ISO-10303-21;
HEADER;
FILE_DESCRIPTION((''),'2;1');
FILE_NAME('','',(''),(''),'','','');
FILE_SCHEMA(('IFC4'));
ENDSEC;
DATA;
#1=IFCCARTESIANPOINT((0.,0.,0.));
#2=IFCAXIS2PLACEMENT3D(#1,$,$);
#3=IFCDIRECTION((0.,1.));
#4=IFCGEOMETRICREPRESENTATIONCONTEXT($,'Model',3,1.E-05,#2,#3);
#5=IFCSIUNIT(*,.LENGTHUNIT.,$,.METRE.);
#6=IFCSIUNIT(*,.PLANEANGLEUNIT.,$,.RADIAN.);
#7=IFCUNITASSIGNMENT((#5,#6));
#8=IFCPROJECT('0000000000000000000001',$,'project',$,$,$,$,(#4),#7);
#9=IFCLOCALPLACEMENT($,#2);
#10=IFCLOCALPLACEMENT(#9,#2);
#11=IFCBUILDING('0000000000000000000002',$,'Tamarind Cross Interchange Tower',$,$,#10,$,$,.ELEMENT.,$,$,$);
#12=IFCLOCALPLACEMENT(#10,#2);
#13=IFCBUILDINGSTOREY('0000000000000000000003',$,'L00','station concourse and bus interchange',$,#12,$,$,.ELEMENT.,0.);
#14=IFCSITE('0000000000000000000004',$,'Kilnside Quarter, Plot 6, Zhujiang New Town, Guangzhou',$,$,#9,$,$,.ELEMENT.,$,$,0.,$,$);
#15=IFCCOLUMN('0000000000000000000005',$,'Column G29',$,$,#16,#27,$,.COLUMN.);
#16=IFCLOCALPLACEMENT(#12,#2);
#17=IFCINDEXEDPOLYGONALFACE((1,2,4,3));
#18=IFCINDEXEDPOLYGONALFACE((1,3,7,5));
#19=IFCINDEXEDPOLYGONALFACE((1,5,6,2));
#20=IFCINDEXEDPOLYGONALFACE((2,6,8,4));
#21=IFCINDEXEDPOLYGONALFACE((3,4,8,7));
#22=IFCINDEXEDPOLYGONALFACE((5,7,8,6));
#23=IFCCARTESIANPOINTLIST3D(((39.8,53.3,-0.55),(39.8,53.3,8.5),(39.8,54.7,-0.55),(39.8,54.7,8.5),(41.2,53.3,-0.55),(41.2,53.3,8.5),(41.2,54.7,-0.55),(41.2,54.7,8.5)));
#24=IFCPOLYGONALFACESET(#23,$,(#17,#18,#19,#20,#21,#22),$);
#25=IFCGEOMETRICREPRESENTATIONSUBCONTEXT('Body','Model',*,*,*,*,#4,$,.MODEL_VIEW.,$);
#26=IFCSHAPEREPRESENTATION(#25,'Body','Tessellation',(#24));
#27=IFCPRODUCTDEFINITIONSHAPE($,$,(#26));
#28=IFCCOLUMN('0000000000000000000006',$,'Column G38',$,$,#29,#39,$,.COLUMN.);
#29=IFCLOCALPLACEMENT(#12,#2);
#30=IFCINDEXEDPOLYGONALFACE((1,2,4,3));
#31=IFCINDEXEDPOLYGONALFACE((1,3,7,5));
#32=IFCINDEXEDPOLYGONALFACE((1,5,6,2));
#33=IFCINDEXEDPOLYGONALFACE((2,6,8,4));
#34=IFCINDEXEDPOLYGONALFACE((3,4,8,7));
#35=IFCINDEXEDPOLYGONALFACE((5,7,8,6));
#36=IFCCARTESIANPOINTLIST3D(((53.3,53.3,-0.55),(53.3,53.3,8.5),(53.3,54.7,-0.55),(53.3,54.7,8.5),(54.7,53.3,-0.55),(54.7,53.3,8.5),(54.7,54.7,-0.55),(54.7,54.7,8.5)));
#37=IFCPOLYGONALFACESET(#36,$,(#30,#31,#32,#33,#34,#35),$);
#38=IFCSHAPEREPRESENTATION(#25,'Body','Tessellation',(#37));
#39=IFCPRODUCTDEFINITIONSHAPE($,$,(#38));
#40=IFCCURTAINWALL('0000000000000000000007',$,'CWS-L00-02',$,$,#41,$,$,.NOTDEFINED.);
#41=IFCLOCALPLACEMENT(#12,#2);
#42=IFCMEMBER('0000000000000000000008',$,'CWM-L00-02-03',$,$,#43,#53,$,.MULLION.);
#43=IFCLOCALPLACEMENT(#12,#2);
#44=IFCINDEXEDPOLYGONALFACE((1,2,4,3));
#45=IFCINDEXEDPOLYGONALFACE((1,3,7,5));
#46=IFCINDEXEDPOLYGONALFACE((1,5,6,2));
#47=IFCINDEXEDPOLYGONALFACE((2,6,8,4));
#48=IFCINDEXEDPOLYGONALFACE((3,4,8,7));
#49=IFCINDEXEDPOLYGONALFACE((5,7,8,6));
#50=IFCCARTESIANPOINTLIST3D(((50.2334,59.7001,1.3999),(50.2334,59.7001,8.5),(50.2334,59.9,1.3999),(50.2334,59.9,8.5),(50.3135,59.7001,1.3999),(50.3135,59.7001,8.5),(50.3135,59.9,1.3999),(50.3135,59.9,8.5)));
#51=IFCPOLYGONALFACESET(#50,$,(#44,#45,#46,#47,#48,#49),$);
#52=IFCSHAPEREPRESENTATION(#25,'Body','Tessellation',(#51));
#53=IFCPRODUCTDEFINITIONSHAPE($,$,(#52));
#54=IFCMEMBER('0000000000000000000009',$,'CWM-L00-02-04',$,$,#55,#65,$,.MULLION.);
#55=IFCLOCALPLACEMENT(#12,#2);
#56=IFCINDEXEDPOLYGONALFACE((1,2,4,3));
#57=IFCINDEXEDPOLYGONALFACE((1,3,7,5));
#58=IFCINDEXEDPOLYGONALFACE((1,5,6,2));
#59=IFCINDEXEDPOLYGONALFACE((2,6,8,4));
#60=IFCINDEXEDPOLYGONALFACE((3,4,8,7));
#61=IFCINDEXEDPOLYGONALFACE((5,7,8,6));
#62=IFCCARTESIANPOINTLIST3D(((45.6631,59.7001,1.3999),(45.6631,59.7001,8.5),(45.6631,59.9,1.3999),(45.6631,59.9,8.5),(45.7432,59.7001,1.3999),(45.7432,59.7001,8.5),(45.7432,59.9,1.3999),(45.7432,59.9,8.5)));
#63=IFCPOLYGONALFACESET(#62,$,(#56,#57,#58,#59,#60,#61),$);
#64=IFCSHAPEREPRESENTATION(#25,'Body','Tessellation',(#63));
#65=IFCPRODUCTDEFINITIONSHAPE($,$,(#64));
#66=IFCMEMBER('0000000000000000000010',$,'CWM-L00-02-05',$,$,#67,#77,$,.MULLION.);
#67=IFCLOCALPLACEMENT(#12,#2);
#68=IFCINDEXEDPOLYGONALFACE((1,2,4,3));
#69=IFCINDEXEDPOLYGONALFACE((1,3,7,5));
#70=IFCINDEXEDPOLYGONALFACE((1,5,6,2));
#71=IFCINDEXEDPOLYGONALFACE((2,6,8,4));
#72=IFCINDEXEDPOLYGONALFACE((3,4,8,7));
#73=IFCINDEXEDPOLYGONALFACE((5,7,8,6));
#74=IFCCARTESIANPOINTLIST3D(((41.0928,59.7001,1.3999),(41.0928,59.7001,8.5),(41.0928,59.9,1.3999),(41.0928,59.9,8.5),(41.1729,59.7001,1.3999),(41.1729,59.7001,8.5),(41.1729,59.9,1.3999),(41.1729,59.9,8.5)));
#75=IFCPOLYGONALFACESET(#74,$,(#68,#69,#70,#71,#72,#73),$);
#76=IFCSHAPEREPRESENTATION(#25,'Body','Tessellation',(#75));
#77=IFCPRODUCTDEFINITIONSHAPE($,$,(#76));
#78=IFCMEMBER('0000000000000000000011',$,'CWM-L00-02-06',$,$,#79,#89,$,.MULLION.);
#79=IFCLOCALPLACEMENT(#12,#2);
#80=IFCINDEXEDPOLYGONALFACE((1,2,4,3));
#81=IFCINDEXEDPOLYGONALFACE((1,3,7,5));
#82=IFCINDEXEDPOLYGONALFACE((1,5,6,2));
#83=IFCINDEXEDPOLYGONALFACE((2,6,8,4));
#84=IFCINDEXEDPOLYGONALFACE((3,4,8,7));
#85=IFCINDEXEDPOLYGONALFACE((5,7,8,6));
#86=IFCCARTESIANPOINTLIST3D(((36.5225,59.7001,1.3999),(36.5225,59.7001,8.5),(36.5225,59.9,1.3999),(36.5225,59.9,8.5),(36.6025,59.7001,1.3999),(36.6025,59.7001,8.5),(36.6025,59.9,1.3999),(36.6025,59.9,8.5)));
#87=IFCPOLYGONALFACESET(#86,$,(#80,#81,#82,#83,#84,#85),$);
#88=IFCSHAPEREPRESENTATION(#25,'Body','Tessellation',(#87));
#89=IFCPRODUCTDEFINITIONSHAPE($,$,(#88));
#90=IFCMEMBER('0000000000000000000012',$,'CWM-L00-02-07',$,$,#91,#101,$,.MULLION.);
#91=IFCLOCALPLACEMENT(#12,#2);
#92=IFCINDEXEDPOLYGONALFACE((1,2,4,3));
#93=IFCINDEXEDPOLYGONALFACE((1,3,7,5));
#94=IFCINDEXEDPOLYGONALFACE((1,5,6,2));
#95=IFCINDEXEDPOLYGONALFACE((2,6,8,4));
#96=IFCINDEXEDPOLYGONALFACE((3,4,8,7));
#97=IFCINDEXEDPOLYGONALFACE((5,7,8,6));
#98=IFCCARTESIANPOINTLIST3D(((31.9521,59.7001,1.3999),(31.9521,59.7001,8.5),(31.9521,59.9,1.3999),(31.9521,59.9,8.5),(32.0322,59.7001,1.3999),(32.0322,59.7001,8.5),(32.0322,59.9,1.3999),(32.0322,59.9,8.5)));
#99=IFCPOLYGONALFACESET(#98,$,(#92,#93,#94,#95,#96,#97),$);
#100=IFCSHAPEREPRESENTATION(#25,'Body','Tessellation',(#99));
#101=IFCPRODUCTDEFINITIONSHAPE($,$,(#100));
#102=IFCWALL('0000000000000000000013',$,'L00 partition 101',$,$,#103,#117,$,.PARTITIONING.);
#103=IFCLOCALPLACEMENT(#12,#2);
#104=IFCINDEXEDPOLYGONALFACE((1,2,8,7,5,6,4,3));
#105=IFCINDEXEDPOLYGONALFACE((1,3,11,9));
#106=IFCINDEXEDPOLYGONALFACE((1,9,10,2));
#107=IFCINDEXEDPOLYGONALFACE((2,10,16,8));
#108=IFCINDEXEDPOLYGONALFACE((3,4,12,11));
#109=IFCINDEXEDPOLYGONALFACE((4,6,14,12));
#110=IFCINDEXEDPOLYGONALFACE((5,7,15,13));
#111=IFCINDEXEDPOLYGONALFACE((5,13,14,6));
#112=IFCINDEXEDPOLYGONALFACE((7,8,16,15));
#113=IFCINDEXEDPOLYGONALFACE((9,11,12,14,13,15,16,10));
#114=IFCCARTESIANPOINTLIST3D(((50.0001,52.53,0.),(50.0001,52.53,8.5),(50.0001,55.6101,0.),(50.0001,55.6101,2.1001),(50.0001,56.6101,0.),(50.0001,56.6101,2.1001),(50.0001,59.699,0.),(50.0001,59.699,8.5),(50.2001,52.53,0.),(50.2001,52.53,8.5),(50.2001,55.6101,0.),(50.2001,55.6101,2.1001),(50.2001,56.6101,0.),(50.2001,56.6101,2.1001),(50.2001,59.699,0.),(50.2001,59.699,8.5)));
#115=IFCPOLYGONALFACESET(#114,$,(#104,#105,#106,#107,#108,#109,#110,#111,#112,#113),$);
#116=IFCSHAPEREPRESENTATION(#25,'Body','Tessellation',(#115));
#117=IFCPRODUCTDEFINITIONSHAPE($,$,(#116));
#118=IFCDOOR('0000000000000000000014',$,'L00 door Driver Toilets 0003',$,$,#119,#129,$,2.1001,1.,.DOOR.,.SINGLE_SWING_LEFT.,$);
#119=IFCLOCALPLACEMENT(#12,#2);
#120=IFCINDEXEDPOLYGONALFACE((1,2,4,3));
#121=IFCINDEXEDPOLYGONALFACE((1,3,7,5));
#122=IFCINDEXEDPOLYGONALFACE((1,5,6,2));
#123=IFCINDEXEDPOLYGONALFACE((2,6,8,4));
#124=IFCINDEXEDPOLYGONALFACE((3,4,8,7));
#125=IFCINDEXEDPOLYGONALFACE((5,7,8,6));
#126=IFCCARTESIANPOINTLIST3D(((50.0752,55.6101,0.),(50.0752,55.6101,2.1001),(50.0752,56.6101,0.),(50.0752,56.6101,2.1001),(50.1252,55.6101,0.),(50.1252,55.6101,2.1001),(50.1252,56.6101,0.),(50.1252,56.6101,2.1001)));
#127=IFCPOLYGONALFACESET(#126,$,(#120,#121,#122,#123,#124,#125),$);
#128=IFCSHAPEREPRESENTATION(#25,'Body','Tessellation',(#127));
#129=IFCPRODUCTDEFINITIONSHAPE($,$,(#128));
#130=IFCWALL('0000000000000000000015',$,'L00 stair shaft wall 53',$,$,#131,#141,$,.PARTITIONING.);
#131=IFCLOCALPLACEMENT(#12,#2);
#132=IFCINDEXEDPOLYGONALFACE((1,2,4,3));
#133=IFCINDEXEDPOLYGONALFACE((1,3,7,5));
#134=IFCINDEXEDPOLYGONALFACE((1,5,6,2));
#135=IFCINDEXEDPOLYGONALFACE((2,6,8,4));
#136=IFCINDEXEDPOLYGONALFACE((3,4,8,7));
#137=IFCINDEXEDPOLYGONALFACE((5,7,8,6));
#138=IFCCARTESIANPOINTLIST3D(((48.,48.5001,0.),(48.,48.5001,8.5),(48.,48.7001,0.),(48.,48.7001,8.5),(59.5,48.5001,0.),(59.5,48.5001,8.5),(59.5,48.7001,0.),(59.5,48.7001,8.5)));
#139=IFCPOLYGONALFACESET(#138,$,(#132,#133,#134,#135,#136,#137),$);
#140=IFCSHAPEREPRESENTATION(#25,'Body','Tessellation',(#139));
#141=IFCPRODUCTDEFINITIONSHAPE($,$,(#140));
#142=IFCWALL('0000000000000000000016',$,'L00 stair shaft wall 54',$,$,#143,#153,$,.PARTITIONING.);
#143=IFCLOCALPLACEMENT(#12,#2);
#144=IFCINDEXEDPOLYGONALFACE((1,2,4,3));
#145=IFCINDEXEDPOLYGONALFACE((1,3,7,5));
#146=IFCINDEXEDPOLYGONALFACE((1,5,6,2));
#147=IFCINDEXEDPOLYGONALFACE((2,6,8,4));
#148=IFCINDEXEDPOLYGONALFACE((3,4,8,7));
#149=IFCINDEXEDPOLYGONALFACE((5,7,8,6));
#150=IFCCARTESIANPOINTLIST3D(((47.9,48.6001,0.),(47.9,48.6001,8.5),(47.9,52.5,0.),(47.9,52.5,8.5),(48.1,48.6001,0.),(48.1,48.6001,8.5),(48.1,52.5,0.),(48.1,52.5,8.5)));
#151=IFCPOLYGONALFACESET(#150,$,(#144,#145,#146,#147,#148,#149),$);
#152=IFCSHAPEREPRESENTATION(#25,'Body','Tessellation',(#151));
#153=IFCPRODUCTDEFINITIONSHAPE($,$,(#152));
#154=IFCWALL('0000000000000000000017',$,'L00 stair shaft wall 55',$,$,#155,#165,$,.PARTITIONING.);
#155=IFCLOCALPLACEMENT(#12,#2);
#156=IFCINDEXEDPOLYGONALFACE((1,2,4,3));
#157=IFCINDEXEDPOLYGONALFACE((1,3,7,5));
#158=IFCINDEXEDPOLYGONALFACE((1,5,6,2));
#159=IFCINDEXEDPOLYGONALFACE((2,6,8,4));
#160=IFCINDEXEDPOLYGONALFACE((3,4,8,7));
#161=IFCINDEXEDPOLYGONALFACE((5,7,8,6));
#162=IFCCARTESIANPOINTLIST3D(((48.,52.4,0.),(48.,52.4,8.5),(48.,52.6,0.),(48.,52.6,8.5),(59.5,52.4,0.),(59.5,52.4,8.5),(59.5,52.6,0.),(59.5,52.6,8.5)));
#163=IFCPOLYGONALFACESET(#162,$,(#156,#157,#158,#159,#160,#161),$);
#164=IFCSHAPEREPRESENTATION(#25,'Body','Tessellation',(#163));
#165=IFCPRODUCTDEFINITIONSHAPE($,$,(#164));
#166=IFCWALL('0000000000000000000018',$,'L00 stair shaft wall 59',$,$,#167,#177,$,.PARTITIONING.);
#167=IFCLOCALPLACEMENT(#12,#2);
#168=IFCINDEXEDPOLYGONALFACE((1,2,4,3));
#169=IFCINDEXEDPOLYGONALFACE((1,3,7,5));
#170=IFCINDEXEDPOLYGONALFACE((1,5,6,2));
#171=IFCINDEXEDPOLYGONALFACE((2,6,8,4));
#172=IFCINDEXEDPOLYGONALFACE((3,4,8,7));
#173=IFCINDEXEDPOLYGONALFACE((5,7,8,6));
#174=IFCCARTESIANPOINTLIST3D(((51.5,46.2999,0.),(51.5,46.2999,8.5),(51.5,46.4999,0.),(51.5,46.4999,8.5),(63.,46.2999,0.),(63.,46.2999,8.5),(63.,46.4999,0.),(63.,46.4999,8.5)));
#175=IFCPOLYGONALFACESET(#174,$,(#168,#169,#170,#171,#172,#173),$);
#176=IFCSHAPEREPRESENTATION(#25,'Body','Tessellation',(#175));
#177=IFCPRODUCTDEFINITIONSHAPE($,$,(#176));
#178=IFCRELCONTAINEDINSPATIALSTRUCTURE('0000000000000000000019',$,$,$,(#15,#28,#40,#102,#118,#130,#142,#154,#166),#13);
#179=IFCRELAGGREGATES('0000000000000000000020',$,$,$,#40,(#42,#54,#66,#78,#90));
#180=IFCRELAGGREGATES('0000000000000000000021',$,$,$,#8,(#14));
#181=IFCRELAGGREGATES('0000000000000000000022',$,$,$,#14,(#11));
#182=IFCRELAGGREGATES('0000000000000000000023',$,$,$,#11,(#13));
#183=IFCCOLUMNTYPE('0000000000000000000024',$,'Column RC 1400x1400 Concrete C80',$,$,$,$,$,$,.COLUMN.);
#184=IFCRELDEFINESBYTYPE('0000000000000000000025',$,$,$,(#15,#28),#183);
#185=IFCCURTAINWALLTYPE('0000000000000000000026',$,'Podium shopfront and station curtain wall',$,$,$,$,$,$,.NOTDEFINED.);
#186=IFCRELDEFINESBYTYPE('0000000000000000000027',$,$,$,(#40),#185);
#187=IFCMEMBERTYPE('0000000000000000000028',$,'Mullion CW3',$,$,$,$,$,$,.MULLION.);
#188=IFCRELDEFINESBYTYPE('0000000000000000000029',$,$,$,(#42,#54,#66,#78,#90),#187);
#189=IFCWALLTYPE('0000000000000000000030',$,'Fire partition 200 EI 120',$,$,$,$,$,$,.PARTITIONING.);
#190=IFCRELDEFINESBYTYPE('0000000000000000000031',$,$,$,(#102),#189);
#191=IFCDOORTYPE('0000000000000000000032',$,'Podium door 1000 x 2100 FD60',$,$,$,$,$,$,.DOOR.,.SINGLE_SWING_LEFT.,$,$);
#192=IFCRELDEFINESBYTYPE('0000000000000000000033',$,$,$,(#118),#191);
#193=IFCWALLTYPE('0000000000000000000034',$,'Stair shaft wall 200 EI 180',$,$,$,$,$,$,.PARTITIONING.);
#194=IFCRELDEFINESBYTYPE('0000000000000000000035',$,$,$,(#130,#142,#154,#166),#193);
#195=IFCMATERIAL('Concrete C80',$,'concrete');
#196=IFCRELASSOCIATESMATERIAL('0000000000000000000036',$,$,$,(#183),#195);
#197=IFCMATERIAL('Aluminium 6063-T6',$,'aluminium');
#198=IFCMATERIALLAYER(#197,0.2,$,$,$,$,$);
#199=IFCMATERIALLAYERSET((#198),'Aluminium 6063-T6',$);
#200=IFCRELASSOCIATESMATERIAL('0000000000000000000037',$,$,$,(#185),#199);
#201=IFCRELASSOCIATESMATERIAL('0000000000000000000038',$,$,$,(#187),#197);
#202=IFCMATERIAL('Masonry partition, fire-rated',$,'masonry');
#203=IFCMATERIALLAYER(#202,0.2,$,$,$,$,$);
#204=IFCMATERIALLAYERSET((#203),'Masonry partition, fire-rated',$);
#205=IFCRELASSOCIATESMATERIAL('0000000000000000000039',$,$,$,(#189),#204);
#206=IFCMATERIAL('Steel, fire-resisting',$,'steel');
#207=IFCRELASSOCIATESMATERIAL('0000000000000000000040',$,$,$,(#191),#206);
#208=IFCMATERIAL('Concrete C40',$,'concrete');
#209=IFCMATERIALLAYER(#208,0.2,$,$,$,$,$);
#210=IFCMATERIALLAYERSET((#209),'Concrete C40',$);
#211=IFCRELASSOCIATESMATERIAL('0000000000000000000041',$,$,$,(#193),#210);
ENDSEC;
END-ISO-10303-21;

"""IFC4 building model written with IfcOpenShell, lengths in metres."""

from ifc_helpers import new_model, si_unit, direction, frame, frame_2d, origin, origin_2d, place, context, subcontext, project, spatial, rectangle, extrude, material, layer, layer_set, material_profile, profile_set, type_object, element, fill, aggregate, save


model = new_model("IFC4")

# Units and contexts
model_context = context("Model", 3, precision=1e-05, world=origin(), true_north=direction((0.0, 1.0)))
body_context = subcontext(model_context, "Body", "Model", "MODEL_VIEW")
ifc_project = project(units=[si_unit("LENGTHUNIT", "METRE"), si_unit("PLANEANGLEUNIT", "RADIAN")], contexts=[model_context])

# Site, building, storey
site_placement = place(None, origin())
site = spatial("IfcSite", under=ifc_project, at=site_placement, Name="Kilnside Quarter, Plot 6, Zhujiang New Town, Guangzhou", CompositionType="ELEMENT", RefElevation=0.0)
building_placement = place(site_placement, origin())
building = spatial("IfcBuilding", under=site, at=building_placement, Name="Tamarind Cross Interchange Tower", CompositionType="ELEMENT")
storey_placement = place(building_placement, origin())
storey = spatial("IfcBuildingStorey", under=building, at=storey_placement, Name="L00", Description="station concourse and bus interchange", CompositionType="ELEMENT", Elevation=0.0)

# Columns
ifc_material_1 = material(Name="Concrete C80", Category="concrete")
ifc_material_profile_1 = material_profile(ifc_material_1, rectangle(XDim=1.3999, YDim=1.3999, at=origin_2d()), Name="RC 1400x1400")
ifc_profile_set_1 = profile_set([ifc_material_profile_1], Name="Concrete C80")
column_type = type_object("IfcColumnType", Name="Column RC 1400x1400 Concrete C80", PredefinedType="COLUMN", material=ifc_profile_set_1)
for number, where, z_axis, x_axis, name in (
    (1, (40.5, 54.0, -0.55), (0.0, 0.0, 1.0), (1.0, 0.0, 0.0), "Column G29"),
    (2, (54.0, 54.0, -0.55), (0.0, 0.0, 1.0), (1.0, 0.0, 0.0), "Column G38"),
):
    element("IfcColumn", number, at=place(storey_placement, frame(where, z_axis=z_axis, x_axis=x_axis)), inside=storey, type_object=column_type, Name=name, PredefinedType="COLUMN", context=body_context, shape_type="SweptSolid", body=[
        extrude(rectangle(XDim=1.3999, YDim=1.3999, at=origin_2d()), origin(), (0.0, 0.0, 1.0), 9.05),
    ])

# Curtain wall, members
ifc_material_2 = material(Name="Aluminium 6063-T6", Category="aluminium")
ifc_layer_1 = layer(ifc_material_2, 0.2)
ifc_layer_set_1 = layer_set([ifc_layer_1], Name="Aluminium 6063-T6")
curtain_wall_type = type_object("IfcCurtainWallType", Name="Podium shopfront and station curtain wall", PredefinedType="NOTDEFINED", material=ifc_layer_set_1)
curtain_wall_placement = place(storey_placement, origin())
curtain_wall = element("IfcCurtainWall", 3, at=curtain_wall_placement, inside=storey, type_object=curtain_wall_type, Name="CWS-L00-02", PredefinedType="NOTDEFINED")
ifc_material_profile_2 = material_profile(ifc_material_2, rectangle(XDim=0.0801, YDim=0.2, at=origin_2d()), Name="Mullion CW3")
ifc_profile_set_2 = profile_set([ifc_material_profile_2], Name="Aluminium 6063-T6")
member_type = type_object("IfcMemberType", Name="Mullion CW3", PredefinedType="MULLION", material=ifc_profile_set_2)
member_1_placement = place(storey_placement, frame((50.2734, 59.8, 1.3999), z_axis=(0.0, 0.0, 1.0), x_axis=(-1.0, 0.0, 0.0)))
member_1 = element("IfcMember", 4, at=member_1_placement, type_object=member_type, Name="CWM-L00-02-03", PredefinedType="MULLION", context=body_context, shape_type="SweptSolid", body=[
    extrude(rectangle(XDim=0.0801, YDim=0.2, at=origin_2d()), origin(), (0.0, 0.0, 1.0), 7.1001),
])
member_2_placement = place(storey_placement, frame((45.7031, 59.8, 1.3999), z_axis=(0.0, 0.0, 1.0), x_axis=(-1.0, 0.0, 0.0)))
member_2 = element("IfcMember", 5, at=member_2_placement, type_object=member_type, Name="CWM-L00-02-04", PredefinedType="MULLION", context=body_context, shape_type="SweptSolid", body=[
    extrude(rectangle(XDim=0.0801, YDim=0.2, at=origin_2d()), origin(), (0.0, 0.0, 1.0), 7.1001),
])
member_3_placement = place(storey_placement, frame((41.1328, 59.8, 1.3999), z_axis=(0.0, 0.0, 1.0), x_axis=(-1.0, 0.0, 0.0)))
member_3 = element("IfcMember", 6, at=member_3_placement, type_object=member_type, Name="CWM-L00-02-05", PredefinedType="MULLION", context=body_context, shape_type="SweptSolid", body=[
    extrude(rectangle(XDim=0.0801, YDim=0.2, at=origin_2d()), origin(), (0.0, 0.0, 1.0), 7.1001),
])
member_4_placement = place(storey_placement, frame((36.5625, 59.8, 1.3999), z_axis=(0.0, 0.0, 1.0), x_axis=(-1.0, 0.0, 0.0)))
member_4 = element("IfcMember", 7, at=member_4_placement, type_object=member_type, Name="CWM-L00-02-06", PredefinedType="MULLION", context=body_context, shape_type="SweptSolid", body=[
    extrude(rectangle(XDim=0.0801, YDim=0.2, at=origin_2d()), origin(), (0.0, 0.0, 1.0), 7.1001),
])
member_5_placement = place(storey_placement, frame((31.9922, 59.8, 1.3999), z_axis=(0.0, 0.0, 1.0), x_axis=(-1.0, 0.0, 0.0)))
member_5 = element("IfcMember", 8, at=member_5_placement, type_object=member_type, Name="CWM-L00-02-07", PredefinedType="MULLION", context=body_context, shape_type="SweptSolid", body=[
    extrude(rectangle(XDim=0.0801, YDim=0.2, at=origin_2d()), origin(), (0.0, 0.0, 1.0), 7.1001),
])
aggregate(curtain_wall, [member_1, member_2, member_3, member_4, member_5])

# Wall, opening, door
ifc_material_3 = material(Name="Masonry partition, fire-rated", Category="masonry")
ifc_layer_2 = layer(ifc_material_3, 0.2)
ifc_layer_set_2 = layer_set([ifc_layer_2], Name="Masonry partition, fire-rated")
wall_type_1 = type_object("IfcWallType", Name="Fire partition 200 EI 120", PredefinedType="PARTITIONING", material=ifc_layer_set_2)
wall_1_placement = place(storey_placement, frame((50.1001, 52.53, 0.0), z_axis=(0.0, 0.0, 1.0), x_axis=(0.0, 1.0, 0.0)))
wall_1 = element("IfcWall", 9, at=wall_1_placement, inside=storey, type_object=wall_type_1, Name="L00 partition 101", PredefinedType="PARTITIONING", context=body_context, shape_type="SweptSolid", body=[
    extrude(rectangle(XDim=7.1689, YDim=0.2, at=frame_2d((3.5845, 0.0))), origin(), (0.0, 0.0, 1.0), 8.5),
])
opening_1_placement = place(wall_1_placement, frame((3.0801, 0.0, 0.0)))
opening_1 = element("IfcOpeningElement", 10, at=opening_1_placement, cuts=wall_1, PredefinedType="OPENING", context=body_context, shape_type="SweptSolid", body=[
    extrude(rectangle(XDim=1.0, YDim=2.1001, at=frame_2d((0.5, 1.05))), frame((0.0, 0.1099, 0.0), z_axis=(0.0, -1.0, 0.0), x_axis=(1.0, 0.0, 0.0)), (0.0, 0.0, 1.0), 0.22),
])
ifc_material_4 = material(Name="Steel, fire-resisting", Category="steel")
door_type_1 = type_object("IfcDoorType", Name="Podium door 1000 x 2100 FD60", OperationType="SINGLE_SWING_LEFT", PredefinedType="DOOR", material=ifc_material_4)
door_1_placement = place(opening_1_placement, origin())
door_1 = element("IfcDoor", 11, at=door_1_placement, inside=storey, type_object=door_type_1, Name="L00 door Driver Toilets 0003", OperationType="SINGLE_SWING_LEFT", OverallHeight=2.1001, OverallWidth=1.0, PredefinedType="DOOR", context=body_context, shape_type="SweptSolid", body=[
    extrude(rectangle(XDim=1.0, YDim=2.1001, at=frame_2d((0.5, 1.05))), frame((0.0, 0.0249, 0.0), z_axis=(0.0, -1.0, 0.0), x_axis=(1.0, 0.0, 0.0)), (0.0, 0.0, 1.0), 0.05),
])
fill(opening_1, door_1)

# Walls
ifc_material_5 = material(Name="Concrete C40", Category="concrete")
ifc_layer_3 = layer(ifc_material_5, 0.2)
ifc_layer_set_3 = layer_set([ifc_layer_3], Name="Concrete C40")
wall_type_2 = type_object("IfcWallType", Name="Stair shaft wall 200 EI 180", PredefinedType="PARTITIONING", material=ifc_layer_set_3)
wall_2_placement = place(storey_placement, frame((48.0, 48.6001, 0.0), z_axis=(0.0, 0.0, 1.0), x_axis=(1.0, 0.0, 0.0)))
element("IfcWall", 12, at=wall_2_placement, inside=storey, type_object=wall_type_2, Name="L00 stair shaft wall 53", PredefinedType="PARTITIONING", context=body_context, shape_type="SweptSolid", body=[
    extrude(rectangle(XDim=11.5, YDim=0.2, at=frame_2d((5.75, 0.0))), origin(), (0.0, 0.0, 1.0), 8.5),
])
wall_3_placement = place(storey_placement, frame((48.0, 48.6001, 0.0), z_axis=(0.0, 0.0, 1.0), x_axis=(0.0, 1.0, 0.0)))
element("IfcWall", 13, at=wall_3_placement, inside=storey, type_object=wall_type_2, Name="L00 stair shaft wall 54", PredefinedType="PARTITIONING", context=body_context, shape_type="SweptSolid", body=[
    extrude(rectangle(XDim=3.8999, YDim=0.2, at=frame_2d((1.95, 0.0))), origin(), (0.0, 0.0, 1.0), 8.5),
])
for number, where, z_axis, x_axis, name in (
    (14, (48.0, 52.5, 0.0), (0.0, 0.0, 1.0), (1.0, 0.0, 0.0), "L00 stair shaft wall 55"),
    (15, (51.5, 46.3999, 0.0), (0.0, 0.0, 1.0), (1.0, 0.0, 0.0), "L00 stair shaft wall 59"),
):
    element("IfcWall", number, at=place(storey_placement, frame(where, z_axis=z_axis, x_axis=x_axis)), inside=storey, type_object=wall_type_2, Name=name, PredefinedType="PARTITIONING", context=body_context, shape_type="SweptSolid", body=[
        extrude(rectangle(XDim=11.5, YDim=0.2, at=frame_2d((5.75, 0.0))), origin(), (0.0, 0.0, 1.0), 8.5),
    ])

save(model, "model.ifc")
